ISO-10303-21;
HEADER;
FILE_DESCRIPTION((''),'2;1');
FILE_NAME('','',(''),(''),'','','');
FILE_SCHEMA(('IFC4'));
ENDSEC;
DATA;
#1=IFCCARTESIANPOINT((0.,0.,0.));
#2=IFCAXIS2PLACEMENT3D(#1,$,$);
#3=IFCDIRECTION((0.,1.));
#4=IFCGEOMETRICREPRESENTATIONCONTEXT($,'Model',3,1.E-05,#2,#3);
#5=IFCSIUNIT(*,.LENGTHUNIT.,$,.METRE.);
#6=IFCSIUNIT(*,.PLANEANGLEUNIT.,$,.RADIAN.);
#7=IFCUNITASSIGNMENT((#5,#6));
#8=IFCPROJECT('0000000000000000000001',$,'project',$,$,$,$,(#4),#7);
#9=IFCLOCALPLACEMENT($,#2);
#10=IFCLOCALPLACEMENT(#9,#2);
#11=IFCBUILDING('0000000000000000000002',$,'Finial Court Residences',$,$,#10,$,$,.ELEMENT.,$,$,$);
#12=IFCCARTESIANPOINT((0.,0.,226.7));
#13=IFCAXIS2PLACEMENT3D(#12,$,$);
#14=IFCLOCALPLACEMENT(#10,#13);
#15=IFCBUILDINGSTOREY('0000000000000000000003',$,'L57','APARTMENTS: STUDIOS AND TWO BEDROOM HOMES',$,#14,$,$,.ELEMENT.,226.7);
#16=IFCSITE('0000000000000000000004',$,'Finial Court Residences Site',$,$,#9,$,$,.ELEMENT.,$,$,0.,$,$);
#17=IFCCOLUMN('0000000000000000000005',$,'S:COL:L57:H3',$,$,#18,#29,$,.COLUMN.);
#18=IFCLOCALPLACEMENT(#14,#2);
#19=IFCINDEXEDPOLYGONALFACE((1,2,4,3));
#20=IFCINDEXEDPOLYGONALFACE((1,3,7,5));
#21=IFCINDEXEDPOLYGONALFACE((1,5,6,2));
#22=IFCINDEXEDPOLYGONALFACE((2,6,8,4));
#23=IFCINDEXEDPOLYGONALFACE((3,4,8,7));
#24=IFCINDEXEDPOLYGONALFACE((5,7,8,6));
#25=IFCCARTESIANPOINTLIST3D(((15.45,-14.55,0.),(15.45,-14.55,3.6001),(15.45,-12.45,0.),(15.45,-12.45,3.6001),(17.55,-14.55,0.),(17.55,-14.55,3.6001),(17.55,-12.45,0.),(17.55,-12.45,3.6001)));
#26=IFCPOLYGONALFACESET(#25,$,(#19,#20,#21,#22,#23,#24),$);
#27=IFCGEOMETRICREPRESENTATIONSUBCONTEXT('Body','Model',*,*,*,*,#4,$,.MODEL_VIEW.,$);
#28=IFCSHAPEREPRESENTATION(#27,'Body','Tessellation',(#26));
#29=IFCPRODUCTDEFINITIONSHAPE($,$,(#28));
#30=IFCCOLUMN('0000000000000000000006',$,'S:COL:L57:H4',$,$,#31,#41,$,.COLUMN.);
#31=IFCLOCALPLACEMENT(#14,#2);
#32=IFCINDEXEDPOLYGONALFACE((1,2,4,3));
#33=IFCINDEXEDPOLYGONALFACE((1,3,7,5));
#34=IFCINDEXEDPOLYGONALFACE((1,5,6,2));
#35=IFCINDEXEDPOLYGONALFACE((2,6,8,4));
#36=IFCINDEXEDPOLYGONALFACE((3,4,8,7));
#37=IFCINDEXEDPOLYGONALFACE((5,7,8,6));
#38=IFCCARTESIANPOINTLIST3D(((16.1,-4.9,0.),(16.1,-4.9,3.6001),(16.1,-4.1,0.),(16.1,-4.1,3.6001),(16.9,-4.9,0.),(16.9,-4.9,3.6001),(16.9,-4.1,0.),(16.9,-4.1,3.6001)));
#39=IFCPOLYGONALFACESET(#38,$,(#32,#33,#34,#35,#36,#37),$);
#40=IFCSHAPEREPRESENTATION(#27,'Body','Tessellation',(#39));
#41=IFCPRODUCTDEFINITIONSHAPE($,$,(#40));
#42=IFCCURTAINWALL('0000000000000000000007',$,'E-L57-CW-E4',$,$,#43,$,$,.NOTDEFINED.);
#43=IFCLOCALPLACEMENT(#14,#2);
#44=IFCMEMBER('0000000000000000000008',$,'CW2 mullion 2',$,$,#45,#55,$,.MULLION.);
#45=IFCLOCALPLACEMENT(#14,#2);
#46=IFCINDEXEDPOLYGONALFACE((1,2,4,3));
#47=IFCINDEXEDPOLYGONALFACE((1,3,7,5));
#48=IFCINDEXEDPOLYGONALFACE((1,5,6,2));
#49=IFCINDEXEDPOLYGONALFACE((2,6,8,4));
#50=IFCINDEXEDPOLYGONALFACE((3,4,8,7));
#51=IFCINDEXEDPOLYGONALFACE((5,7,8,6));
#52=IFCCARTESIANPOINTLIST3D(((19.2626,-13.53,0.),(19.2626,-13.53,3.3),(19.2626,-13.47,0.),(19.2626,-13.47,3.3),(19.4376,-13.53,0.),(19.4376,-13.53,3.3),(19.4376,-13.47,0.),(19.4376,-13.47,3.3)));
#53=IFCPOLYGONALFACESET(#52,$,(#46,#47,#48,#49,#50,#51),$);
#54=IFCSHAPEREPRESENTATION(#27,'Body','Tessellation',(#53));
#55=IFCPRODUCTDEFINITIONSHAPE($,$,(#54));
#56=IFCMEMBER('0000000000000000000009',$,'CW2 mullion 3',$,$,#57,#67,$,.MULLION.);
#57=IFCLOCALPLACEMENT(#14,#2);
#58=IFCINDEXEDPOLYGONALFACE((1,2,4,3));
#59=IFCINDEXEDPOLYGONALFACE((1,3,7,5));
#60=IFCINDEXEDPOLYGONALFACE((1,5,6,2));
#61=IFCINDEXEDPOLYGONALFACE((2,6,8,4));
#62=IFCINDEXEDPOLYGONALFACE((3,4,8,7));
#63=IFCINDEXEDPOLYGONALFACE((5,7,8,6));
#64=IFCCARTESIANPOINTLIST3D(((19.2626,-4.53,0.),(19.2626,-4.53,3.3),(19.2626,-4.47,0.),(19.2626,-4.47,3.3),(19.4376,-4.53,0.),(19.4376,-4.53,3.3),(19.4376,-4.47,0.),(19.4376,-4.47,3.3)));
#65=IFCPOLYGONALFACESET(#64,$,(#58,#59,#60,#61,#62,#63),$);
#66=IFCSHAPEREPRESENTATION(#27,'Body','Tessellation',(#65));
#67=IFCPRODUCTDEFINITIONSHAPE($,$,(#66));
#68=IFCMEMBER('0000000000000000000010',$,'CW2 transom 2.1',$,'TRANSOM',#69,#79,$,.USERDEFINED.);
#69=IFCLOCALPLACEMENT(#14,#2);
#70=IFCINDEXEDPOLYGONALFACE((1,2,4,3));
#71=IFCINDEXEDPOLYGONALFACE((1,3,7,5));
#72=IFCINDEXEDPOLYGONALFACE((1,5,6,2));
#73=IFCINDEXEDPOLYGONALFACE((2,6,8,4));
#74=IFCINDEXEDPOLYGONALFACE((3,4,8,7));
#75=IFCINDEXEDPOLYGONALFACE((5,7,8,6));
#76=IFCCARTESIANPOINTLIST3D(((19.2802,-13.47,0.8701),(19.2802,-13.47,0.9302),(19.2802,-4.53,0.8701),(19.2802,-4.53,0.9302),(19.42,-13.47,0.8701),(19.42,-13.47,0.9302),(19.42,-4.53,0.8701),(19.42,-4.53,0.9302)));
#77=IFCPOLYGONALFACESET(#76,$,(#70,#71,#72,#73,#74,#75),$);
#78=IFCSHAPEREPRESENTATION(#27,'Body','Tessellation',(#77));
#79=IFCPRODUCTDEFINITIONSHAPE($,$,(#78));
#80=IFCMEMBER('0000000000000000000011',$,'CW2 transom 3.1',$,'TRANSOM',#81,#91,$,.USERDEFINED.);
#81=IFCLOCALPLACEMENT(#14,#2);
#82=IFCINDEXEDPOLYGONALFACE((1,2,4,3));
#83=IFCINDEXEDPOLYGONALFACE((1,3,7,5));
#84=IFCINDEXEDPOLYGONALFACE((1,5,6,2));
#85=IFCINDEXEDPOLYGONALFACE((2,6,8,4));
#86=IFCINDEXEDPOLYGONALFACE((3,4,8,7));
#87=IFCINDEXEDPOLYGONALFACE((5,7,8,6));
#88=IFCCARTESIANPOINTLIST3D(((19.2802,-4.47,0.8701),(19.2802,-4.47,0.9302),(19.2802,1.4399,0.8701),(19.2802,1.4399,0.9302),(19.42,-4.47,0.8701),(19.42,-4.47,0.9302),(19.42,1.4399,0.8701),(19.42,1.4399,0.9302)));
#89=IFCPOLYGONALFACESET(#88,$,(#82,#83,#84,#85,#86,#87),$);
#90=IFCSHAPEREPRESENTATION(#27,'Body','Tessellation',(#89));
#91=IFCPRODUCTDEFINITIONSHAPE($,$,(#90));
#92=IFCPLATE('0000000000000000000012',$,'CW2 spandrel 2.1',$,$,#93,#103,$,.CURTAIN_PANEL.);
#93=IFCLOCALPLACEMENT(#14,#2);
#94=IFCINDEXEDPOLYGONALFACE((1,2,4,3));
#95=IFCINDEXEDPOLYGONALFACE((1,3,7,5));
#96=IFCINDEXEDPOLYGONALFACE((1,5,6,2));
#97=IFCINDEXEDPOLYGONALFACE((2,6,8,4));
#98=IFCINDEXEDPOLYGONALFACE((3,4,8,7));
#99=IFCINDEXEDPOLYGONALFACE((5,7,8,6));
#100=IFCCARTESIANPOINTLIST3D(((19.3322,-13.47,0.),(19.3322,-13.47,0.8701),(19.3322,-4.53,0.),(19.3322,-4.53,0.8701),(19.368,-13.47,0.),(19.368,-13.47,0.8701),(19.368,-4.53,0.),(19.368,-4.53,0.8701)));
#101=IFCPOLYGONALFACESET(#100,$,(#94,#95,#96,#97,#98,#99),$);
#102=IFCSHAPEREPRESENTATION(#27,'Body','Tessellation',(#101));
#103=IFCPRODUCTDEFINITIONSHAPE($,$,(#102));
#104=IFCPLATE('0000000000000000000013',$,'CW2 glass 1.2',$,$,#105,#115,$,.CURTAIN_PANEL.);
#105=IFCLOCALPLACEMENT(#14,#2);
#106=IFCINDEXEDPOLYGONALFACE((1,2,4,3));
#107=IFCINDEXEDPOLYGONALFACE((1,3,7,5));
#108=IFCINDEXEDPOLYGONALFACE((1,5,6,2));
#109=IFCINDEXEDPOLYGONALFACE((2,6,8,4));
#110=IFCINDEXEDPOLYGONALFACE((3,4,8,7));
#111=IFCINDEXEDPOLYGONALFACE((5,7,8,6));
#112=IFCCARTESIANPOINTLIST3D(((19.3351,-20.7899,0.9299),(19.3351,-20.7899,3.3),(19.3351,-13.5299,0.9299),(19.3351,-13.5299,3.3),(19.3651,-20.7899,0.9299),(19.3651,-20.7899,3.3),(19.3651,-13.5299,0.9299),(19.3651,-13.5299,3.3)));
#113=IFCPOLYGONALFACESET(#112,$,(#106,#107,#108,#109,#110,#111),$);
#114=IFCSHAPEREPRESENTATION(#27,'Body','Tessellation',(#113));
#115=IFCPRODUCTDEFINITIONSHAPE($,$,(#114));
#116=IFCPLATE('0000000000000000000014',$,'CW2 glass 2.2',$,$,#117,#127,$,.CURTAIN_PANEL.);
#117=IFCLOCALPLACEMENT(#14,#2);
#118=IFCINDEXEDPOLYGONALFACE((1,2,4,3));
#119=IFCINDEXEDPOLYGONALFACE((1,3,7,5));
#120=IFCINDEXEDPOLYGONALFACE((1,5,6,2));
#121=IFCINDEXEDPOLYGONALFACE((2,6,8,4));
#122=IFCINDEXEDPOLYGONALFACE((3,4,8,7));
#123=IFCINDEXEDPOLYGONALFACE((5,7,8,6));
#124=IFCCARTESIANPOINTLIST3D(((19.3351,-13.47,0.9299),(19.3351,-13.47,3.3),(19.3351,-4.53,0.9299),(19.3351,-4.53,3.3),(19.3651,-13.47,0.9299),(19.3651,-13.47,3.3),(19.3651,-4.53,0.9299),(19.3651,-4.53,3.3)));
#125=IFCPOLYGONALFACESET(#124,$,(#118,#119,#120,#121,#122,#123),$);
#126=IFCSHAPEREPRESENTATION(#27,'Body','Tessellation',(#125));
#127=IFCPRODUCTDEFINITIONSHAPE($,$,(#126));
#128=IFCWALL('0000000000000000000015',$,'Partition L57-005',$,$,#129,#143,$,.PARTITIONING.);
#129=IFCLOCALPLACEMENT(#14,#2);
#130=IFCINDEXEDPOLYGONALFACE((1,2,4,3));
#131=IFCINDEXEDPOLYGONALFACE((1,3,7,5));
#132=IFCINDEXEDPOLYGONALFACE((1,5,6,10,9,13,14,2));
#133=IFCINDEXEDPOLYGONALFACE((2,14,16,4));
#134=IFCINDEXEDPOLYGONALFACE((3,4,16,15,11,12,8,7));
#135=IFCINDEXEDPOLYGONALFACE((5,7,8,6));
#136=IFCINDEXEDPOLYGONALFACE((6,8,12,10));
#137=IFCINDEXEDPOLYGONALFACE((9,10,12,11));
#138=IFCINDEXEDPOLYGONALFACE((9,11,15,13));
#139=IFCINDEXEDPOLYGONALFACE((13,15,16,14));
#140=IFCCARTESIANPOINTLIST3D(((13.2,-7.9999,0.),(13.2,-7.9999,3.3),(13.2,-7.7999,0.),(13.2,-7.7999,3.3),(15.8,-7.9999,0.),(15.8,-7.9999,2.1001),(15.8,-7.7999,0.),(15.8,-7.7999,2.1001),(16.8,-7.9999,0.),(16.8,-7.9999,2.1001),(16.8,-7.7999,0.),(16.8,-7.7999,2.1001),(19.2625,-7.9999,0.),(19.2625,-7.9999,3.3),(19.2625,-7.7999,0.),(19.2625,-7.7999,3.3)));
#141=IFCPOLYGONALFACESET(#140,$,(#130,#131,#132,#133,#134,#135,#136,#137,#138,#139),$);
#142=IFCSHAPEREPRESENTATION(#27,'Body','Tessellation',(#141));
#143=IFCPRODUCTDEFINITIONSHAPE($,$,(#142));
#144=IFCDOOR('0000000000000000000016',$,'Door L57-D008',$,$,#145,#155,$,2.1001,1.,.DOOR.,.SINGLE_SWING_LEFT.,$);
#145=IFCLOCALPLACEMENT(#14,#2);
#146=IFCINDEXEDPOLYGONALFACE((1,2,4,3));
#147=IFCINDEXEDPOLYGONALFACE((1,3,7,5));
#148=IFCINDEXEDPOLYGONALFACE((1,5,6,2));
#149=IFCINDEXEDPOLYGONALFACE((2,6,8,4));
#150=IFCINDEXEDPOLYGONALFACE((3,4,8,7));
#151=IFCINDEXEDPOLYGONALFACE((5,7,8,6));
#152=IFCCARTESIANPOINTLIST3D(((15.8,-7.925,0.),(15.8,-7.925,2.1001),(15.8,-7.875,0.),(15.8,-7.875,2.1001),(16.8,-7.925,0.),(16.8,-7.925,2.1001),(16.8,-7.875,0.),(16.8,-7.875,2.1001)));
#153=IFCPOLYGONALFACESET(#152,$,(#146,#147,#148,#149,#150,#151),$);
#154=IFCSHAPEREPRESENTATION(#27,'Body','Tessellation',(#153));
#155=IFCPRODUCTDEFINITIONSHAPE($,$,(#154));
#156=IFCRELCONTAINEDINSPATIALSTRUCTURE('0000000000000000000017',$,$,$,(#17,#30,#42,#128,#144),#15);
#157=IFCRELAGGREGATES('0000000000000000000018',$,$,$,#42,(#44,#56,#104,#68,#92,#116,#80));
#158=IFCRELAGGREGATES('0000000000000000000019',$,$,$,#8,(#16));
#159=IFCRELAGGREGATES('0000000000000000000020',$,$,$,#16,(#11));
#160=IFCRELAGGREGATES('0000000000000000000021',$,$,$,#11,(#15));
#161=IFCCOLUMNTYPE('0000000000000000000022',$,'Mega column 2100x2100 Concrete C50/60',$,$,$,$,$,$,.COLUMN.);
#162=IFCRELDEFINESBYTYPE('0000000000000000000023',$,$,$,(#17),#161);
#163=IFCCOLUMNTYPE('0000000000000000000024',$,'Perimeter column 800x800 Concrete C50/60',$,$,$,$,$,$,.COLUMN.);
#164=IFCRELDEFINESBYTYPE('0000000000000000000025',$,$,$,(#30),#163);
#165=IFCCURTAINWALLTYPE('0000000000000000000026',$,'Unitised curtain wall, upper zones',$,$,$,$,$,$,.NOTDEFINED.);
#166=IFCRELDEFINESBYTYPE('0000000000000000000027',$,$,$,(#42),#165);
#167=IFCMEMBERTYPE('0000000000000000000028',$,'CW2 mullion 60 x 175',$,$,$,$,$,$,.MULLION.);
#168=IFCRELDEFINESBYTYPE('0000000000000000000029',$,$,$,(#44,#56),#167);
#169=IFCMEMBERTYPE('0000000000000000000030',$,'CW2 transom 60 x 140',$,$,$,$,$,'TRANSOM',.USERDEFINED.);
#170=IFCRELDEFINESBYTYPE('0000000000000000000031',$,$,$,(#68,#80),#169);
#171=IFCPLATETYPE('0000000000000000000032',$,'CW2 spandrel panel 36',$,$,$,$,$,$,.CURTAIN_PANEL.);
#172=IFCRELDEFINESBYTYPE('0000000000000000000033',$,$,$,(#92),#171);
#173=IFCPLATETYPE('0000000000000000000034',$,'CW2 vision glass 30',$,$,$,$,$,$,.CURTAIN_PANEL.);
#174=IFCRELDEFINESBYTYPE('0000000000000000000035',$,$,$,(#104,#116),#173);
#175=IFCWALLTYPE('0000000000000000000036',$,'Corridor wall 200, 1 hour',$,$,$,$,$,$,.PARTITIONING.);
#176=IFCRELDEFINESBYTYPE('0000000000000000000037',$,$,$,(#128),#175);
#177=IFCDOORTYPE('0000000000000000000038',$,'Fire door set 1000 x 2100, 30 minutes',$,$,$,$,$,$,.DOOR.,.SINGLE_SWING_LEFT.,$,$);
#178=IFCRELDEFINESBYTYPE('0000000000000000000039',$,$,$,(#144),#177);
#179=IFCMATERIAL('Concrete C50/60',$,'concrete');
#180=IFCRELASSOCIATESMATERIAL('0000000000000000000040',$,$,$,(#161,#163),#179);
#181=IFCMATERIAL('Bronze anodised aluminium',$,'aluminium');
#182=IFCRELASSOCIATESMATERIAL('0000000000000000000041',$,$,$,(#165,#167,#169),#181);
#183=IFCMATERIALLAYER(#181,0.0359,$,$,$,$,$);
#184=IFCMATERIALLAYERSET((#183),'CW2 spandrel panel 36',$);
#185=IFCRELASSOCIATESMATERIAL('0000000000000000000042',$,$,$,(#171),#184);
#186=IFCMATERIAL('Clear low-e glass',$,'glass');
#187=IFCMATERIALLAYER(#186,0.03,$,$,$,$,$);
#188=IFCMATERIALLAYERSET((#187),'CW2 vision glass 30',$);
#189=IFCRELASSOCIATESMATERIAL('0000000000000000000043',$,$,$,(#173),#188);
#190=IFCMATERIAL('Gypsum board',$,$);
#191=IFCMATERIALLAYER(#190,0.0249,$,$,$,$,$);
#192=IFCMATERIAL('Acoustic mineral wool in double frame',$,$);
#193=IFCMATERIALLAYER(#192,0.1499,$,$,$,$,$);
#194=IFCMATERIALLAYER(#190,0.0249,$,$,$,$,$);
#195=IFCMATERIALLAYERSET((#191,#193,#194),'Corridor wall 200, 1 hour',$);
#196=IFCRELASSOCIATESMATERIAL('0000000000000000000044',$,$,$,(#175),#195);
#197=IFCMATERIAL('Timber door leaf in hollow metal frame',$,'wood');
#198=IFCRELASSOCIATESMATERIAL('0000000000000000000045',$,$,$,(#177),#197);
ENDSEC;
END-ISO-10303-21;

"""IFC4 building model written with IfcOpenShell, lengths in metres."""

from ifc_helpers import new_model, si_unit, direction, frame, frame_2d, origin, origin_2d, place, context, subcontext, project, spatial, rectangle, extrude, material, layer, layer_set, material_profile, profile_set, type_object, element, fill, aggregate, save


model = new_model("IFC4")

# Units and contexts
model_context = context("Model", 3, precision=1e-05, world=origin(), true_north=direction((0.0, 1.0)))
body_context = subcontext(model_context, "Body", "Model", "MODEL_VIEW")
ifc_project = project(units=[si_unit("LENGTHUNIT", "METRE"), si_unit("PLANEANGLEUNIT", "RADIAN")], contexts=[model_context])

# Site, building, storey
site_placement = place(None, origin())
site = spatial("IfcSite", under=ifc_project, at=site_placement, Name="Finial Court Residences Site", CompositionType="ELEMENT", RefElevation=0.0)
building_placement = place(site_placement, origin())
building = spatial("IfcBuilding", under=site, at=building_placement, Name="Finial Court Residences", CompositionType="ELEMENT")
storey_placement = place(building_placement, frame((0.0, 0.0, 226.7)))
storey = spatial("IfcBuildingStorey", under=building, at=storey_placement, Name="L57", Description="APARTMENTS: STUDIOS AND TWO BEDROOM HOMES", CompositionType="ELEMENT", Elevation=226.7)

# Columns
ifc_material_1 = material(Name="Concrete C50/60", Category="concrete")
ifc_material_profile_1 = material_profile(ifc_material_1, rectangle(XDim=2.1001, YDim=2.1001, at=origin_2d()), Name="2100x2100")
ifc_profile_set_1 = profile_set([ifc_material_profile_1], Name="Concrete C50/60")
column_type_1 = type_object("IfcColumnType", Name="Mega column 2100x2100 Concrete C50/60", PredefinedType="COLUMN", material=ifc_profile_set_1)
column_1_placement = place(storey_placement, frame((16.5, -13.5, 0.0), z_axis=(0.0, 0.0, 1.0), x_axis=(1.0, 0.0, 0.0)))
element("IfcColumn", 1, at=column_1_placement, inside=storey, type_object=column_type_1, Name="S:COL:L57:H3", PredefinedType="COLUMN", context=body_context, shape_type="SweptSolid", body=[
    extrude(rectangle(XDim=2.1001, YDim=2.1001, at=origin_2d()), origin(), (0.0, 0.0, 1.0), 3.6001),
])
ifc_material_profile_2 = material_profile(ifc_material_1, rectangle(XDim=0.8, YDim=0.8, at=origin_2d()), Name="800x800")
ifc_profile_set_2 = profile_set([ifc_material_profile_2], Name="Concrete C50/60")
column_type_2 = type_object("IfcColumnType", Name="Perimeter column 800x800 Concrete C50/60", PredefinedType="COLUMN", material=ifc_profile_set_2)
column_2_placement = place(storey_placement, frame((16.5, -4.5, 0.0), z_axis=(0.0, 0.0, 1.0), x_axis=(1.0, 0.0, 0.0)))
element("IfcColumn", 2, at=column_2_placement, inside=storey, type_object=column_type_2, Name="S:COL:L57:H4", PredefinedType="COLUMN", context=body_context, shape_type="SweptSolid", body=[
    extrude(rectangle(XDim=0.8, YDim=0.8, at=origin_2d()), origin(), (0.0, 0.0, 1.0), 3.6001),
])

# Curtain wall, members, plates
ifc_material_2 = material(Name="Bronze anodised aluminium", Category="aluminium")
curtain_wall_type = type_object("IfcCurtainWallType", Name="Unitised curtain wall, upper zones", PredefinedType="NOTDEFINED", material=ifc_material_2)
curtain_wall_placement = place(storey_placement, origin())
curtain_wall = element("IfcCurtainWall", 3, at=curtain_wall_placement, inside=storey, type_object=curtain_wall_type, Name="E-L57-CW-E4", PredefinedType="NOTDEFINED")
ifc_material_profile_3 = material_profile(ifc_material_2, rectangle(XDim=0.175, YDim=0.0601, at=origin_2d()), Name="CW2 mullion 60 x 175")
ifc_profile_set_3 = profile_set([ifc_material_profile_3], Name="Bronze anodised aluminium")
member_type_1 = type_object("IfcMemberType", Name="CW2 mullion 60 x 175", PredefinedType="MULLION", material=ifc_profile_set_3)
member_1_placement = place(storey_placement, frame((19.3501, -13.5, 0.0), z_axis=(0.0, 0.0, 1.0), x_axis=(-1.0, 0.0, 0.0)))
member_1 = element("IfcMember", 4, at=member_1_placement, type_object=member_type_1, Name="CW2 mullion 2", PredefinedType="MULLION", context=body_context, shape_type="SweptSolid", body=[
    extrude(rectangle(XDim=0.175, YDim=0.0601, at=origin_2d()), origin(), (0.0, 0.0, 1.0), 3.3),
])
member_2_placement = place(storey_placement, frame((19.3501, -4.5, 0.0), z_axis=(0.0, 0.0, 1.0), x_axis=(-1.0, 0.0, 0.0)))
member_2 = element("IfcMember", 5, at=member_2_placement, type_object=member_type_1, Name="CW2 mullion 3", PredefinedType="MULLION", context=body_context, shape_type="SweptSolid", body=[
    extrude(rectangle(XDim=0.175, YDim=0.0601, at=origin_2d()), origin(), (0.0, 0.0, 1.0), 3.3),
])
ifc_material_profile_4 = material_profile(ifc_material_2, rectangle(XDim=0.1399, YDim=0.0601, at=origin_2d()), Name="CW2 transom 60 x 140")
ifc_profile_set_4 = profile_set([ifc_material_profile_4], Name="Bronze anodised aluminium")
member_type_2 = type_object("IfcMemberType", Name="CW2 transom 60 x 140", ElementType="TRANSOM", PredefinedType="USERDEFINED", material=ifc_profile_set_4)
member_3_placement = place(storey_placement, frame((19.3501, -13.47, 0.9001), z_axis=(0.0, 1.0, 0.0), x_axis=(-1.0, 0.0, 0.0)))
member_3 = element("IfcMember", 6, at=member_3_placement, type_object=member_type_2, Name="CW2 transom 2.1", ObjectType="TRANSOM", PredefinedType="USERDEFINED", context=body_context, shape_type="SweptSolid", body=[
    extrude(rectangle(XDim=0.1399, YDim=0.0601, at=origin_2d()), origin(), (0.0, 0.0, 1.0), 8.9399),
])
member_4_placement = place(storey_placement, frame((19.3501, -4.47, 0.9001), z_axis=(0.0, 1.0, 0.0), x_axis=(-1.0, 0.0, 0.0)))
member_4 = element("IfcMember", 7, at=member_4_placement, type_object=member_type_2, Name="CW2 transom 3.1", ObjectType="TRANSOM", PredefinedType="USERDEFINED", context=body_context, shape_type="SweptSolid", body=[
    extrude(rectangle(XDim=0.1399, YDim=0.0601, at=origin_2d()), origin(), (0.0, 0.0, 1.0), 5.9099),
])
ifc_layer_1 = layer(ifc_material_2, 0.0359)
ifc_layer_set_1 = layer_set([ifc_layer_1], Name="CW2 spandrel panel 36")
plate_type_1 = type_object("IfcPlateType", Name="CW2 spandrel panel 36", PredefinedType="CURTAIN_PANEL", material=ifc_layer_set_1)
plate_1_placement = place(storey_placement, frame((19.3501, -9.0, 0.0), z_axis=(0.0, 0.0, 1.0), x_axis=(0.0, 1.0, 0.0)))
plate_1 = element("IfcPlate", 8, at=plate_1_placement, type_object=plate_type_1, Name="CW2 spandrel 2.1", PredefinedType="CURTAIN_PANEL", context=body_context, shape_type="SweptSolid", body=[
    extrude(rectangle(XDim=8.9399, YDim=0.0359, at=origin_2d()), origin(), (0.0, 0.0, 1.0), 0.8701),
])
ifc_material_3 = material(Name="Clear low-e glass", Category="glass")
ifc_layer_2 = layer(ifc_material_3, 0.03)
ifc_layer_set_2 = layer_set([ifc_layer_2], Name="CW2 vision glass 30")
plate_type_2 = type_object("IfcPlateType", Name="CW2 vision glass 30", PredefinedType="CURTAIN_PANEL", material=ifc_layer_set_2)
plate_2_placement = place(storey_placement, frame((19.3501, -17.1599, 0.9299), z_axis=(0.0, 0.0, 1.0), x_axis=(0.0, 1.0, 0.0)))
plate_2 = element("IfcPlate", 9, at=plate_2_placement, type_object=plate_type_2, Name="CW2 glass 1.2", PredefinedType="CURTAIN_PANEL", context=body_context, shape_type="SweptSolid", body=[
    extrude(rectangle(XDim=7.26, YDim=0.03, at=origin_2d()), origin(), (0.0, 0.0, 1.0), 2.3701),
])
plate_3_placement = place(storey_placement, frame((19.3501, -9.0, 0.9299), z_axis=(0.0, 0.0, 1.0), x_axis=(0.0, 1.0, 0.0)))
plate_3 = element("IfcPlate", 10, at=plate_3_placement, type_object=plate_type_2, Name="CW2 glass 2.2", PredefinedType="CURTAIN_PANEL", context=body_context, shape_type="SweptSolid", body=[
    extrude(rectangle(XDim=8.9399, YDim=0.03, at=origin_2d()), origin(), (0.0, 0.0, 1.0), 2.3701),
])
aggregate(curtain_wall, [member_1, member_2, plate_2, member_3, plate_1, plate_3, member_4])

# Wall, opening, door
ifc_material_4 = material(Name="Gypsum board")
ifc_layer_3 = layer(ifc_material_4, 0.0249)
ifc_material_5 = material(Name="Acoustic mineral wool in double frame")
ifc_layer_4 = layer(ifc_material_5, 0.1499)
ifc_layer_5 = layer(ifc_material_4, 0.0249)
ifc_layer_set_3 = layer_set([ifc_layer_3, ifc_layer_4, ifc_layer_5], Name="Corridor wall 200, 1 hour")
wall_type_1 = type_object("IfcWallType", Name="Corridor wall 200, 1 hour", PredefinedType="PARTITIONING", material=ifc_layer_set_3)
wall_1_placement = place(storey_placement, frame((13.2, -7.8999, 0.0), z_axis=(0.0, 0.0, 1.0), x_axis=(1.0, 0.0, 0.0)))
wall_1 = element("IfcWall", 11, at=wall_1_placement, inside=storey, type_object=wall_type_1, Name="Partition L57-005", PredefinedType="PARTITIONING", context=body_context, shape_type="SweptSolid", body=[
    extrude(rectangle(XDim=6.0625, YDim=0.2, at=frame_2d((3.0312, 0.0))), origin(), (0.0, 0.0, 1.0), 3.3),
])
opening_1_placement = place(wall_1_placement, frame((2.6001, 0.0, 0.0)))
opening_1 = element("IfcOpeningElement", 12, at=opening_1_placement, cuts=wall_1, PredefinedType="OPENING", context=body_context, shape_type="SweptSolid", body=[
    extrude(rectangle(XDim=1.0, YDim=2.1001, at=frame_2d((0.5, 1.05))), frame((0.0, 0.1099, 0.0), z_axis=(0.0, -1.0, 0.0), x_axis=(1.0, 0.0, 0.0)), (0.0, 0.0, 1.0), 0.22),
])
ifc_material_6 = material(Name="Timber door leaf in hollow metal frame", Category="wood")
door_type_1 = type_object("IfcDoorType", Name="Fire door set 1000 x 2100, 30 minutes", OperationType="SINGLE_SWING_LEFT", PredefinedType="DOOR", material=ifc_material_6)
door_1_placement = place(opening_1_placement, origin())
door_1 = element("IfcDoor", 13, at=door_1_placement, inside=storey, type_object=door_type_1, Name="Door L57-D008", OperationType="SINGLE_SWING_LEFT", OverallHeight=2.1001, OverallWidth=1.0, PredefinedType="DOOR", context=body_context, shape_type="SweptSolid", body=[
    extrude(rectangle(XDim=1.0, YDim=2.1001, at=frame_2d((0.5, 1.05))), frame((0.0, 0.0249, 0.0), z_axis=(0.0, -1.0, 0.0), x_axis=(1.0, 0.0, 0.0)), (0.0, 0.0, 1.0), 0.05),
])
fill(opening_1, door_1)

save(model, "model.ifc")
